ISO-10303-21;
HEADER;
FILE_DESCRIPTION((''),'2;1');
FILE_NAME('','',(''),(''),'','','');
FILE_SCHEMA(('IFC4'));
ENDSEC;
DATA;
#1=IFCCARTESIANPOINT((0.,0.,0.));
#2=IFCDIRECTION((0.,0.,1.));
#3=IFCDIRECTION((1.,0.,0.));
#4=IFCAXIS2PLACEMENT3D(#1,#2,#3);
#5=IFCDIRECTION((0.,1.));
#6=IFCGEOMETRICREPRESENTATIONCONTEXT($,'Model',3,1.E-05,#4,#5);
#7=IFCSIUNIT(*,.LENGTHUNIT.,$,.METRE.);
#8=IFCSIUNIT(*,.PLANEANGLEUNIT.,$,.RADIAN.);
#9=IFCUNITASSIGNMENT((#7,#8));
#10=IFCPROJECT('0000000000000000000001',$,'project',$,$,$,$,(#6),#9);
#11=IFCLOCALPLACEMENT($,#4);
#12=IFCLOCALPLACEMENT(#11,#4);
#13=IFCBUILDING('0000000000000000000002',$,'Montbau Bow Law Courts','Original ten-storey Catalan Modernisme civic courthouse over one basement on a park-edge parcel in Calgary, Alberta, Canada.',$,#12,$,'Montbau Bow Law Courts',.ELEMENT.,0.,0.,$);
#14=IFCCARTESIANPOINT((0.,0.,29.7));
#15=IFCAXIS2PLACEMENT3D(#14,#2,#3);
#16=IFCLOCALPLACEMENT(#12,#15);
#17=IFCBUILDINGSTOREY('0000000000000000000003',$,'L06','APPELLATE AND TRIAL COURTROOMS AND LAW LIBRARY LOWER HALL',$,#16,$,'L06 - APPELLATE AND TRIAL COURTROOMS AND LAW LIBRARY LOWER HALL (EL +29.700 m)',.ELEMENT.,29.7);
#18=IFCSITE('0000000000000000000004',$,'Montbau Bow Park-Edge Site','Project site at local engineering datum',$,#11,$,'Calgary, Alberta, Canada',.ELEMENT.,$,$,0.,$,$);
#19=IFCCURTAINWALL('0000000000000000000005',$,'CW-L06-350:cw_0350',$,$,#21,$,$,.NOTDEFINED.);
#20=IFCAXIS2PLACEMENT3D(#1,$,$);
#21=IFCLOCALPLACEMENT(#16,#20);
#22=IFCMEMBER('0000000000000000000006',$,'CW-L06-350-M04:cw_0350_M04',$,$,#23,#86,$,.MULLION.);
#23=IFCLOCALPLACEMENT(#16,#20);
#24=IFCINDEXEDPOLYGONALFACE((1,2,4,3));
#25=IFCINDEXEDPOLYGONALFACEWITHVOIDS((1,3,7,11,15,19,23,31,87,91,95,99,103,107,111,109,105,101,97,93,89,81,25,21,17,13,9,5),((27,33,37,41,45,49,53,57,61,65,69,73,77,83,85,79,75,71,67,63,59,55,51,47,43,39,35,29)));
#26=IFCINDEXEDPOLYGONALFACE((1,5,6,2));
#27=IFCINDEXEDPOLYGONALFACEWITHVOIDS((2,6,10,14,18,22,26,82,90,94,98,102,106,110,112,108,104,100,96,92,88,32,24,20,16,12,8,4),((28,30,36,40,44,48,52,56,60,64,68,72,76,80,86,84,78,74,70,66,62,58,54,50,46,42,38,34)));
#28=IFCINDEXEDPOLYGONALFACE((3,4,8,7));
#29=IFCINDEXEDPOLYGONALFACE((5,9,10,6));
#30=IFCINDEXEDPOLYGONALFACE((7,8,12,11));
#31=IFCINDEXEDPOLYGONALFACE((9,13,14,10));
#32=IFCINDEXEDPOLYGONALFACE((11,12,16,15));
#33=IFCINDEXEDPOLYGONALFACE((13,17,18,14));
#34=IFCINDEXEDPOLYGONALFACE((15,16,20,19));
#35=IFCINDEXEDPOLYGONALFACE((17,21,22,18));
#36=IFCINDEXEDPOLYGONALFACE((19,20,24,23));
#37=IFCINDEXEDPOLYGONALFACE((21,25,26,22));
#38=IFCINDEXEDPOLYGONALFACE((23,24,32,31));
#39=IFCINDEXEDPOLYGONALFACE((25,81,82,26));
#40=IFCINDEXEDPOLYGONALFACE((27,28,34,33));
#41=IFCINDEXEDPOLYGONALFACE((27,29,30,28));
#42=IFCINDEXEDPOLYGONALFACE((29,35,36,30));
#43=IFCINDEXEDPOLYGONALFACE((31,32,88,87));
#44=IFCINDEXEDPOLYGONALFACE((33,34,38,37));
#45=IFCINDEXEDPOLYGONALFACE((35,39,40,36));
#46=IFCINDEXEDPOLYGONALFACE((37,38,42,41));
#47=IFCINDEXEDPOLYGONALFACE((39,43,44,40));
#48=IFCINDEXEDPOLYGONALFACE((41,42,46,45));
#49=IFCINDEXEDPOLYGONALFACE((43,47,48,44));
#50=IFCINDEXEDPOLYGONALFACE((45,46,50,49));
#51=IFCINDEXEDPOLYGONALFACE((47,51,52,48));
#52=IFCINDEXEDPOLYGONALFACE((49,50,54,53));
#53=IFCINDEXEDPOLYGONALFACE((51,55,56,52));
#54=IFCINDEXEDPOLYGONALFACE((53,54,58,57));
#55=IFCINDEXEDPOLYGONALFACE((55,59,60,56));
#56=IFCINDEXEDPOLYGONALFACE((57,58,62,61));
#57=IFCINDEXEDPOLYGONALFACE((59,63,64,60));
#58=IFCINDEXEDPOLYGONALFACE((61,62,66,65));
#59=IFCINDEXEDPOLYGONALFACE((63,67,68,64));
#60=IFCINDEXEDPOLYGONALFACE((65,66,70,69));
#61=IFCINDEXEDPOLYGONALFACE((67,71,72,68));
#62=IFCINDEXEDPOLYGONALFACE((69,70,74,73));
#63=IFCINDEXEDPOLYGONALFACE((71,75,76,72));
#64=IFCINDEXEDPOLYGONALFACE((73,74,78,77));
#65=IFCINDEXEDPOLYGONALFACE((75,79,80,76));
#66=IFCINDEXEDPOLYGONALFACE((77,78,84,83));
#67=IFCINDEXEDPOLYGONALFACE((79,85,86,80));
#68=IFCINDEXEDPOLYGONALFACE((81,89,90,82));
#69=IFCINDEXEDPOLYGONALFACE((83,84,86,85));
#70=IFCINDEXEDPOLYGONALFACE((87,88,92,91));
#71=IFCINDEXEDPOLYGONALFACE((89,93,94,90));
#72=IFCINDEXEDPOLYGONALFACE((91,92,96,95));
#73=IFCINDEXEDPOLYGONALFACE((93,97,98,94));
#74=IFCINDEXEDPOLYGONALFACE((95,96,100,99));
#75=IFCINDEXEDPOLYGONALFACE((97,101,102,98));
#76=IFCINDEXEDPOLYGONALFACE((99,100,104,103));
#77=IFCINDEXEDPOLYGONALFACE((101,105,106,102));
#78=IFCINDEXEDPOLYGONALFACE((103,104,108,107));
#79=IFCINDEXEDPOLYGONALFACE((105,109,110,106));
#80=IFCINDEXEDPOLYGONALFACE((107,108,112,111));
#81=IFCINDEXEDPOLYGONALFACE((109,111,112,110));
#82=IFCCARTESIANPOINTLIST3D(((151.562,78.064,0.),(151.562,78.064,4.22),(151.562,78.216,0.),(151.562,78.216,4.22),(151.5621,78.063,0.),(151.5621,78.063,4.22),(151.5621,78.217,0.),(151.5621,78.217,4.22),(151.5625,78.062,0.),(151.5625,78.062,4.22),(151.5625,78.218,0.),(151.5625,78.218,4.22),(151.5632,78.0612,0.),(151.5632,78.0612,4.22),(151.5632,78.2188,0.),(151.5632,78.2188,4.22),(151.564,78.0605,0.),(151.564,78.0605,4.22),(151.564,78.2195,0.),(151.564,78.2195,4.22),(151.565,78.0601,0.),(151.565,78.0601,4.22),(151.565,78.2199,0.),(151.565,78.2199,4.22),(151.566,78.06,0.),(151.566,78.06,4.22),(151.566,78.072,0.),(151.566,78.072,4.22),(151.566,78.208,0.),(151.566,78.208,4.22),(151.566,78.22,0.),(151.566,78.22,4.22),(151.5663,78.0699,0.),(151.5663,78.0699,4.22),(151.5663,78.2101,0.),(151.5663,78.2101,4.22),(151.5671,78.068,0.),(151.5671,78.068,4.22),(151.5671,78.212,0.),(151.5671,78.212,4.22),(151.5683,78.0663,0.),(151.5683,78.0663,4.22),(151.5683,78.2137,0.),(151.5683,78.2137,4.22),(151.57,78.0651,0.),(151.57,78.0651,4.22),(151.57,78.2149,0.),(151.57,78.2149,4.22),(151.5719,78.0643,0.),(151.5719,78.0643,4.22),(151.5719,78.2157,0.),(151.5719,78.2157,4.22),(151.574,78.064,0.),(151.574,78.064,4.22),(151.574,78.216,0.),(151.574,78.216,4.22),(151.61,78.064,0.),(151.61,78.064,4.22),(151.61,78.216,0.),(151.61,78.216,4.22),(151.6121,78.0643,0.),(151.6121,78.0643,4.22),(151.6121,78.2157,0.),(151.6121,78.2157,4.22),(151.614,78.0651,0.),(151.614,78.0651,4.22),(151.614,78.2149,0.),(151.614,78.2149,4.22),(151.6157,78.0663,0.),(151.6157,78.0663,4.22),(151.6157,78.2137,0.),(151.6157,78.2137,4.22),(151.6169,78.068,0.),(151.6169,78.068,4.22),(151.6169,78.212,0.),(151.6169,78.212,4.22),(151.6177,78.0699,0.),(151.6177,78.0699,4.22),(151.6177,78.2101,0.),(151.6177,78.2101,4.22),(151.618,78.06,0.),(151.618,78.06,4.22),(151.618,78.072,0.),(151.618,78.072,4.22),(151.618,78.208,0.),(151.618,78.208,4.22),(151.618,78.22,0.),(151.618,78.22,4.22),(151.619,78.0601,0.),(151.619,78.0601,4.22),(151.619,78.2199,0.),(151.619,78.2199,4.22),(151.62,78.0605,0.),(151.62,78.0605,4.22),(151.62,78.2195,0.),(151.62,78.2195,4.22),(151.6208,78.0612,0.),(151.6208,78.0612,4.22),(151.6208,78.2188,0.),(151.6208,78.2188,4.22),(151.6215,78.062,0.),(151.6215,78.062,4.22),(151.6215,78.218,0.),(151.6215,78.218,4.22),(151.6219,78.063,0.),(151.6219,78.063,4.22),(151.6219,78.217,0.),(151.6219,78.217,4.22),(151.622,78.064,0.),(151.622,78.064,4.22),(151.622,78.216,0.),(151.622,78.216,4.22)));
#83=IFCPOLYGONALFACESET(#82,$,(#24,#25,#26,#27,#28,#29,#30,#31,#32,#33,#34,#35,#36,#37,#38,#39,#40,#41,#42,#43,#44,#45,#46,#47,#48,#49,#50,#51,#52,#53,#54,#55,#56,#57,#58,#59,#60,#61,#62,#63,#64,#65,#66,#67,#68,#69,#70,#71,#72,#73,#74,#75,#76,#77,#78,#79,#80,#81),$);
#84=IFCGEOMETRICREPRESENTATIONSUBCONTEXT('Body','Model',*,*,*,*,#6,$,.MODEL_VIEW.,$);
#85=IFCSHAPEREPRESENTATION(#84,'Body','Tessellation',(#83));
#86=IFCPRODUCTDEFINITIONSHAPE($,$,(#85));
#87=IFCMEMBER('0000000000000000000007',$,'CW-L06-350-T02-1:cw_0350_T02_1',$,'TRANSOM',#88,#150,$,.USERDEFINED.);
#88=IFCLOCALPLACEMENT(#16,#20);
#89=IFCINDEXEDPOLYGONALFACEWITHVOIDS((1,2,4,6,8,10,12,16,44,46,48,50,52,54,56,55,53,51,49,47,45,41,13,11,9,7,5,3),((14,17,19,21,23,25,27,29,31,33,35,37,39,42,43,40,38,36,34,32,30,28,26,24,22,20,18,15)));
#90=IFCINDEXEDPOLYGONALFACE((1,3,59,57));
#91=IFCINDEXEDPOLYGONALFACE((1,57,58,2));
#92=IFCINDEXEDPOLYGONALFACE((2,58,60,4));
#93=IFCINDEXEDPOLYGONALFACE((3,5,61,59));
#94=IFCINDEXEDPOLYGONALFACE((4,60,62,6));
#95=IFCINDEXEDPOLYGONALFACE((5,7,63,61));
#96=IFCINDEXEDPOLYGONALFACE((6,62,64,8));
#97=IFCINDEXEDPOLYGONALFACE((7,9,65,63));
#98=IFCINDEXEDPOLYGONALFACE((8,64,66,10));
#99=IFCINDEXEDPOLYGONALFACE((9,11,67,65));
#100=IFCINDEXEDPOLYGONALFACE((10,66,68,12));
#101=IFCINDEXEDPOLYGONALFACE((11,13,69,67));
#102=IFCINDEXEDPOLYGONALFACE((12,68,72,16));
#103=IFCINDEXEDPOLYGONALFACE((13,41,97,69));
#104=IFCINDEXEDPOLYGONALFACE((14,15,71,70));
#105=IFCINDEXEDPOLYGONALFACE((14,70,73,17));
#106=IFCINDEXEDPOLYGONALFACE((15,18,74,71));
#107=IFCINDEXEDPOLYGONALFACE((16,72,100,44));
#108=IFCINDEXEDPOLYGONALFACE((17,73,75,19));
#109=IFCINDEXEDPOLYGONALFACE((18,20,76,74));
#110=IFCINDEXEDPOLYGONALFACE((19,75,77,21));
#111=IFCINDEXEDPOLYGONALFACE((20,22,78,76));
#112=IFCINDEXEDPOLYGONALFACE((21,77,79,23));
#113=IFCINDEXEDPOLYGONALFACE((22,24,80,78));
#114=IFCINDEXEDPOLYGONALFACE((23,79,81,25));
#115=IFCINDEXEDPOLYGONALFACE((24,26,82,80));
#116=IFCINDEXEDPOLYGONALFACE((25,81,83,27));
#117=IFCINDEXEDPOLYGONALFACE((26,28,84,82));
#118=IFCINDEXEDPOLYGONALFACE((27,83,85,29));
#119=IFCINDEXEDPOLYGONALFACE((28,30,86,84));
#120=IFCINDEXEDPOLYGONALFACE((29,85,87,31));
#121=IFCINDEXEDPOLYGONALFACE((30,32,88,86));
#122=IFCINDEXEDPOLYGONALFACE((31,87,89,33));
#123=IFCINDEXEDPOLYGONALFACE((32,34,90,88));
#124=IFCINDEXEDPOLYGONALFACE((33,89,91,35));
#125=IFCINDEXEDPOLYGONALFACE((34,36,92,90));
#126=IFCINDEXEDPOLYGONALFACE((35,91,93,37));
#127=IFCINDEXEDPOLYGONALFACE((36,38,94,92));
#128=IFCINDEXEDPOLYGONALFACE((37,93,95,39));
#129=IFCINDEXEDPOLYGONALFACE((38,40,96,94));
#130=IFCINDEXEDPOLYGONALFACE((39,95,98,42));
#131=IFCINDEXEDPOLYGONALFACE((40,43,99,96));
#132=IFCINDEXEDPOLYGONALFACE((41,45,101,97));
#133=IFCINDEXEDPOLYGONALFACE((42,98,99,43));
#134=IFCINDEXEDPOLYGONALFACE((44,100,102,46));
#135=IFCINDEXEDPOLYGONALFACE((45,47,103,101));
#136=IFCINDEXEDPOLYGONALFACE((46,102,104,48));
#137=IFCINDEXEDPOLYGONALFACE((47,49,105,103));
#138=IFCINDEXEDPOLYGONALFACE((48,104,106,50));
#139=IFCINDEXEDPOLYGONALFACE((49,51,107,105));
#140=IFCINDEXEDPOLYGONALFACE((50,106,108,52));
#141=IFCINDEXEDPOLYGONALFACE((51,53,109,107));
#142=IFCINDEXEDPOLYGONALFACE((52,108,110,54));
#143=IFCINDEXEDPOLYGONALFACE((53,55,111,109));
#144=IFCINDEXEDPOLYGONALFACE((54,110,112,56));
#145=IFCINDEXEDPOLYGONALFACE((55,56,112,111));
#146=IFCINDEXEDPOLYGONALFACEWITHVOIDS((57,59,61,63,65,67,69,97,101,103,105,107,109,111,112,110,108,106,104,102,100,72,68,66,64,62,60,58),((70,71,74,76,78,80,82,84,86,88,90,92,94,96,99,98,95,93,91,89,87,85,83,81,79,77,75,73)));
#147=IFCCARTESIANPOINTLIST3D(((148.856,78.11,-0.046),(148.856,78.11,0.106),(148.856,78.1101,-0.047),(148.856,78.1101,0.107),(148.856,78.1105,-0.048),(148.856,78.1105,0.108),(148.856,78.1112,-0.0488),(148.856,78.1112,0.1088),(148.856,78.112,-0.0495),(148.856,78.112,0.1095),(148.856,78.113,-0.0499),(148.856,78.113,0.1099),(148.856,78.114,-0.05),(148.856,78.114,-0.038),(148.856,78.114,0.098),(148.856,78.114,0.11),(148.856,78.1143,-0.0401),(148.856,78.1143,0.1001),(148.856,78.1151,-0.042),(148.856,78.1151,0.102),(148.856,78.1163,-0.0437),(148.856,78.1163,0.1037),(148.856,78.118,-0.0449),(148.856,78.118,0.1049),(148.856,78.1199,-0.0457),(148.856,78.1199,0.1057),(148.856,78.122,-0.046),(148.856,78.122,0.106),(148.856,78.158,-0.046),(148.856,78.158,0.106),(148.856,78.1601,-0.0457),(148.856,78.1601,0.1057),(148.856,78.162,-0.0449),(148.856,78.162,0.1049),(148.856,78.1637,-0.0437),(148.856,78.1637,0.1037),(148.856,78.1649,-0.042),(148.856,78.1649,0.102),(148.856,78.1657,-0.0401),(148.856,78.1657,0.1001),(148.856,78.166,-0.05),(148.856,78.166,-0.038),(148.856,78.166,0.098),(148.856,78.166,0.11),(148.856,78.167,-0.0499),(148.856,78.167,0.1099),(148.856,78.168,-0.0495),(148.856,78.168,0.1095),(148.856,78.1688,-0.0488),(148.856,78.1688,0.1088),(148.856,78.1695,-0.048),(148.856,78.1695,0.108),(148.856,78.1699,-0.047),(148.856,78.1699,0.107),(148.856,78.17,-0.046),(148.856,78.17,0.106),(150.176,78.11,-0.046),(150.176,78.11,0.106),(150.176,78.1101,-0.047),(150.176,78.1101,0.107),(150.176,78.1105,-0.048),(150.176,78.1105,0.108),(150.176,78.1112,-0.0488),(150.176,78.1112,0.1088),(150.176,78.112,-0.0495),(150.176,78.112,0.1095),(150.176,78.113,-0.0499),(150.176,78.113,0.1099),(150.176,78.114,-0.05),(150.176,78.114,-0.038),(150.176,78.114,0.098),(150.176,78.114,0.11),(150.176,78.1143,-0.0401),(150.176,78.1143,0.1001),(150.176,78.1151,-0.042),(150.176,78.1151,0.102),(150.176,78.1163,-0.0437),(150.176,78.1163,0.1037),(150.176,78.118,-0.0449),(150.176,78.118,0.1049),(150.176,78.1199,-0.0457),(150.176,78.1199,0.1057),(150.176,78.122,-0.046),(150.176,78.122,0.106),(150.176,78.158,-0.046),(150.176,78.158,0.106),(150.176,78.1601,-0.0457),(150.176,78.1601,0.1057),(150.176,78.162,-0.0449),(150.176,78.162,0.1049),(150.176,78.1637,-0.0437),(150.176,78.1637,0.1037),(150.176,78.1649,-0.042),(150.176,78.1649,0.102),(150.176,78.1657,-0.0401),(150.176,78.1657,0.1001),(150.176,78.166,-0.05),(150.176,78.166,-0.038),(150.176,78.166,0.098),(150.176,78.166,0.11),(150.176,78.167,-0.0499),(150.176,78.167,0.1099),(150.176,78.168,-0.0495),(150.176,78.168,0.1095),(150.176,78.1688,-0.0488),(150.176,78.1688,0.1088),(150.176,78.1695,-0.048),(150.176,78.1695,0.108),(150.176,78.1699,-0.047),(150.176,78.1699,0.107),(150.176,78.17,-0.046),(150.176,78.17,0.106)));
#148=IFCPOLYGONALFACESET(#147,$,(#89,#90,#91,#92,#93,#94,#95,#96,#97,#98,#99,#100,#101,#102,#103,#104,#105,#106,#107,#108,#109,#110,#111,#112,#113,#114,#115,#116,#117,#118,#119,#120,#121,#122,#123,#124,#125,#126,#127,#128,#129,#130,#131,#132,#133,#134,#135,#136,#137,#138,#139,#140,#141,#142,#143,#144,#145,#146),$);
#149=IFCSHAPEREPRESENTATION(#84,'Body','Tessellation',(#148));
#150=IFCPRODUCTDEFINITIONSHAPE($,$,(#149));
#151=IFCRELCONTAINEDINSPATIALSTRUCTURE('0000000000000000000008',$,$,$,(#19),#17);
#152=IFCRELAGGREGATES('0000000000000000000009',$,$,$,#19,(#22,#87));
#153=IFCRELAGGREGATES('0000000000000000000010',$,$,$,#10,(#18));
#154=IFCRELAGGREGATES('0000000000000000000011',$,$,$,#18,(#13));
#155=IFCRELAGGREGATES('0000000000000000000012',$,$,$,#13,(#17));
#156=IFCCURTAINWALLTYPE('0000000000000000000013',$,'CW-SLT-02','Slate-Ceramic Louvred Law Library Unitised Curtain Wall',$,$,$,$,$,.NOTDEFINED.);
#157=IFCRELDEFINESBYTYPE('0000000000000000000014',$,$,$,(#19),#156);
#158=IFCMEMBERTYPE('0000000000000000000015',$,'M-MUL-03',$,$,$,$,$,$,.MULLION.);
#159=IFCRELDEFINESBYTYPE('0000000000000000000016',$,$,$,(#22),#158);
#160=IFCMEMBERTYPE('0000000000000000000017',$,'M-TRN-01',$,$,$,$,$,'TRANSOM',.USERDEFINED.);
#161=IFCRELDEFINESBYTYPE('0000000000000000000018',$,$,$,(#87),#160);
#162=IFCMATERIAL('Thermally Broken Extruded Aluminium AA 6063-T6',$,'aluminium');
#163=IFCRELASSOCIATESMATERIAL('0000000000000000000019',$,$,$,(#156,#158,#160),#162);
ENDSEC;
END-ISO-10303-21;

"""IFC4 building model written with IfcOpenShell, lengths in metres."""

from ifc_helpers import new_model, si_unit, direction, frame, origin_with_axes, origin_2d_with_axis, place, context, subcontext, project, spatial, hollow_rectangle, extrude, material, material_profile, profile_set, type_object, element, aggregate, save


model = new_model("IFC4")

# Units and contexts
model_context = context("Model", 3, precision=1e-05, world=origin_with_axes(), true_north=direction((0.0, 1.0)))
body_context = subcontext(model_context, "Body", "Model", "MODEL_VIEW")
ifc_project = project(units=[si_unit("LENGTHUNIT", "METRE"), si_unit("PLANEANGLEUNIT", "RADIAN")], contexts=[model_context])

# Site, building, storey
site_placement = place(None, origin_with_axes())
site = spatial("IfcSite", under=ifc_project, at=site_placement, Name="Montbau Bow Park-Edge Site", Description="Project site at local engineering datum", LongName="Calgary, Alberta, Canada", CompositionType="ELEMENT", RefElevation=0.0)
building_placement = place(site_placement, origin_with_axes())
building = spatial("IfcBuilding", under=site, at=building_placement, Name="Montbau Bow Law Courts", Description="Original ten-storey Catalan Modernisme civic courthouse over one basement on a park-edge parcel in Calgary, Alberta, Canada.", LongName="Montbau Bow Law Courts", CompositionType="ELEMENT", ElevationOfRefHeight=0.0, ElevationOfTerrain=0.0)
storey_placement = place(building_placement, frame((0.0, 0.0, 29.7), z_axis=(0.0, 0.0, 1.0), x_axis=(1.0, 0.0, 0.0)))
storey = spatial("IfcBuildingStorey", under=building, at=storey_placement, Name="L06", Description="APPELLATE AND TRIAL COURTROOMS AND LAW LIBRARY LOWER HALL", LongName="L06 - APPELLATE AND TRIAL COURTROOMS AND LAW LIBRARY LOWER HALL (EL +29.700 m)", CompositionType="ELEMENT", Elevation=29.7)

# Curtain wall, members
ifc_material_1 = material(Name="Thermally Broken Extruded Aluminium AA 6063-T6", Category="aluminium")
curtain_wall_type = type_object("IfcCurtainWallType", Name="CW-SLT-02", Description="Slate-Ceramic Louvred Law Library Unitised Curtain Wall", PredefinedType="NOTDEFINED", material=ifc_material_1)
curtain_wall_placement = place(None, frame((147.44, 78.14, 29.7), z_axis=(0.0, 0.0, 1.0), x_axis=(1.0, 0.0, 0.0)))
curtain_wall = element("IfcCurtainWall", 1, at=curtain_wall_placement, inside=storey, type_object=curtain_wall_type, Name="CW-L06-350:cw_0350", PredefinedType="NOTDEFINED")
ifc_material_profile_1 = material_profile(ifc_material_1, hollow_rectangle(XDim=0.06, YDim=0.16, WallThickness=0.004, InnerFilletRadius=0.008, OuterFilletRadius=0.004, at=origin_2d_with_axis()), Name="CWM-160X60", Category="Main", Priority=0)
ifc_profile_set_1 = profile_set([ifc_material_profile_1], Name="Thermally Broken Extruded Aluminium AA 6063-T6")
member_type_1 = type_object("IfcMemberType", Name="M-MUL-03", PredefinedType="MULLION", material=ifc_profile_set_1)
member_1_placement = place(None, frame((151.592, 78.14, 29.7), z_axis=(0.0, 0.0, 1.0), x_axis=(1.0, 0.0, 0.0)))
member_1 = element("IfcMember", 2, at=member_1_placement, type_object=member_type_1, Name="CW-L06-350-M04:cw_0350_M04", PredefinedType="MULLION", context=body_context, shape_type="SweptSolid", body=[
    extrude(hollow_rectangle(XDim=0.06, YDim=0.16, WallThickness=0.004, InnerFilletRadius=0.008, OuterFilletRadius=0.004, at=origin_2d_with_axis()), origin_with_axes(), (0.0, 0.0, 1.0), 4.22),
])
ifc_material_profile_2 = material_profile(ifc_material_1, hollow_rectangle(XDim=0.06, YDim=0.16, WallThickness=0.004, InnerFilletRadius=0.008, OuterFilletRadius=0.004, at=origin_2d_with_axis()), Name="CWT-160X60", Category="Main", Priority=0)
ifc_profile_set_2 = profile_set([ifc_material_profile_2], Name="Thermally Broken Extruded Aluminium AA 6063-T6")
member_type_2 = type_object("IfcMemberType", Name="M-TRN-01", ElementType="TRANSOM", PredefinedType="USERDEFINED", material=ifc_profile_set_2)
member_2_placement = place(None, frame((148.856, 78.14, 29.73), z_axis=(1.0, 0.0, 0.0), x_axis=(0.0, 1.0, 0.0)))
member_2 = element("IfcMember", 3, at=member_2_placement, type_object=member_type_2, Name="CW-L06-350-T02-1:cw_0350_T02_1", ObjectType="TRANSOM", PredefinedType="USERDEFINED", context=body_context, shape_type="SweptSolid", body=[
    extrude(hollow_rectangle(XDim=0.06, YDim=0.16, WallThickness=0.004, InnerFilletRadius=0.008, OuterFilletRadius=0.004, at=origin_2d_with_axis()), origin_with_axes(), (0.0, 0.0, 1.0), 1.32),
])
aggregate(curtain_wall, [member_1, member_2])

save(model, "model.ifc")
